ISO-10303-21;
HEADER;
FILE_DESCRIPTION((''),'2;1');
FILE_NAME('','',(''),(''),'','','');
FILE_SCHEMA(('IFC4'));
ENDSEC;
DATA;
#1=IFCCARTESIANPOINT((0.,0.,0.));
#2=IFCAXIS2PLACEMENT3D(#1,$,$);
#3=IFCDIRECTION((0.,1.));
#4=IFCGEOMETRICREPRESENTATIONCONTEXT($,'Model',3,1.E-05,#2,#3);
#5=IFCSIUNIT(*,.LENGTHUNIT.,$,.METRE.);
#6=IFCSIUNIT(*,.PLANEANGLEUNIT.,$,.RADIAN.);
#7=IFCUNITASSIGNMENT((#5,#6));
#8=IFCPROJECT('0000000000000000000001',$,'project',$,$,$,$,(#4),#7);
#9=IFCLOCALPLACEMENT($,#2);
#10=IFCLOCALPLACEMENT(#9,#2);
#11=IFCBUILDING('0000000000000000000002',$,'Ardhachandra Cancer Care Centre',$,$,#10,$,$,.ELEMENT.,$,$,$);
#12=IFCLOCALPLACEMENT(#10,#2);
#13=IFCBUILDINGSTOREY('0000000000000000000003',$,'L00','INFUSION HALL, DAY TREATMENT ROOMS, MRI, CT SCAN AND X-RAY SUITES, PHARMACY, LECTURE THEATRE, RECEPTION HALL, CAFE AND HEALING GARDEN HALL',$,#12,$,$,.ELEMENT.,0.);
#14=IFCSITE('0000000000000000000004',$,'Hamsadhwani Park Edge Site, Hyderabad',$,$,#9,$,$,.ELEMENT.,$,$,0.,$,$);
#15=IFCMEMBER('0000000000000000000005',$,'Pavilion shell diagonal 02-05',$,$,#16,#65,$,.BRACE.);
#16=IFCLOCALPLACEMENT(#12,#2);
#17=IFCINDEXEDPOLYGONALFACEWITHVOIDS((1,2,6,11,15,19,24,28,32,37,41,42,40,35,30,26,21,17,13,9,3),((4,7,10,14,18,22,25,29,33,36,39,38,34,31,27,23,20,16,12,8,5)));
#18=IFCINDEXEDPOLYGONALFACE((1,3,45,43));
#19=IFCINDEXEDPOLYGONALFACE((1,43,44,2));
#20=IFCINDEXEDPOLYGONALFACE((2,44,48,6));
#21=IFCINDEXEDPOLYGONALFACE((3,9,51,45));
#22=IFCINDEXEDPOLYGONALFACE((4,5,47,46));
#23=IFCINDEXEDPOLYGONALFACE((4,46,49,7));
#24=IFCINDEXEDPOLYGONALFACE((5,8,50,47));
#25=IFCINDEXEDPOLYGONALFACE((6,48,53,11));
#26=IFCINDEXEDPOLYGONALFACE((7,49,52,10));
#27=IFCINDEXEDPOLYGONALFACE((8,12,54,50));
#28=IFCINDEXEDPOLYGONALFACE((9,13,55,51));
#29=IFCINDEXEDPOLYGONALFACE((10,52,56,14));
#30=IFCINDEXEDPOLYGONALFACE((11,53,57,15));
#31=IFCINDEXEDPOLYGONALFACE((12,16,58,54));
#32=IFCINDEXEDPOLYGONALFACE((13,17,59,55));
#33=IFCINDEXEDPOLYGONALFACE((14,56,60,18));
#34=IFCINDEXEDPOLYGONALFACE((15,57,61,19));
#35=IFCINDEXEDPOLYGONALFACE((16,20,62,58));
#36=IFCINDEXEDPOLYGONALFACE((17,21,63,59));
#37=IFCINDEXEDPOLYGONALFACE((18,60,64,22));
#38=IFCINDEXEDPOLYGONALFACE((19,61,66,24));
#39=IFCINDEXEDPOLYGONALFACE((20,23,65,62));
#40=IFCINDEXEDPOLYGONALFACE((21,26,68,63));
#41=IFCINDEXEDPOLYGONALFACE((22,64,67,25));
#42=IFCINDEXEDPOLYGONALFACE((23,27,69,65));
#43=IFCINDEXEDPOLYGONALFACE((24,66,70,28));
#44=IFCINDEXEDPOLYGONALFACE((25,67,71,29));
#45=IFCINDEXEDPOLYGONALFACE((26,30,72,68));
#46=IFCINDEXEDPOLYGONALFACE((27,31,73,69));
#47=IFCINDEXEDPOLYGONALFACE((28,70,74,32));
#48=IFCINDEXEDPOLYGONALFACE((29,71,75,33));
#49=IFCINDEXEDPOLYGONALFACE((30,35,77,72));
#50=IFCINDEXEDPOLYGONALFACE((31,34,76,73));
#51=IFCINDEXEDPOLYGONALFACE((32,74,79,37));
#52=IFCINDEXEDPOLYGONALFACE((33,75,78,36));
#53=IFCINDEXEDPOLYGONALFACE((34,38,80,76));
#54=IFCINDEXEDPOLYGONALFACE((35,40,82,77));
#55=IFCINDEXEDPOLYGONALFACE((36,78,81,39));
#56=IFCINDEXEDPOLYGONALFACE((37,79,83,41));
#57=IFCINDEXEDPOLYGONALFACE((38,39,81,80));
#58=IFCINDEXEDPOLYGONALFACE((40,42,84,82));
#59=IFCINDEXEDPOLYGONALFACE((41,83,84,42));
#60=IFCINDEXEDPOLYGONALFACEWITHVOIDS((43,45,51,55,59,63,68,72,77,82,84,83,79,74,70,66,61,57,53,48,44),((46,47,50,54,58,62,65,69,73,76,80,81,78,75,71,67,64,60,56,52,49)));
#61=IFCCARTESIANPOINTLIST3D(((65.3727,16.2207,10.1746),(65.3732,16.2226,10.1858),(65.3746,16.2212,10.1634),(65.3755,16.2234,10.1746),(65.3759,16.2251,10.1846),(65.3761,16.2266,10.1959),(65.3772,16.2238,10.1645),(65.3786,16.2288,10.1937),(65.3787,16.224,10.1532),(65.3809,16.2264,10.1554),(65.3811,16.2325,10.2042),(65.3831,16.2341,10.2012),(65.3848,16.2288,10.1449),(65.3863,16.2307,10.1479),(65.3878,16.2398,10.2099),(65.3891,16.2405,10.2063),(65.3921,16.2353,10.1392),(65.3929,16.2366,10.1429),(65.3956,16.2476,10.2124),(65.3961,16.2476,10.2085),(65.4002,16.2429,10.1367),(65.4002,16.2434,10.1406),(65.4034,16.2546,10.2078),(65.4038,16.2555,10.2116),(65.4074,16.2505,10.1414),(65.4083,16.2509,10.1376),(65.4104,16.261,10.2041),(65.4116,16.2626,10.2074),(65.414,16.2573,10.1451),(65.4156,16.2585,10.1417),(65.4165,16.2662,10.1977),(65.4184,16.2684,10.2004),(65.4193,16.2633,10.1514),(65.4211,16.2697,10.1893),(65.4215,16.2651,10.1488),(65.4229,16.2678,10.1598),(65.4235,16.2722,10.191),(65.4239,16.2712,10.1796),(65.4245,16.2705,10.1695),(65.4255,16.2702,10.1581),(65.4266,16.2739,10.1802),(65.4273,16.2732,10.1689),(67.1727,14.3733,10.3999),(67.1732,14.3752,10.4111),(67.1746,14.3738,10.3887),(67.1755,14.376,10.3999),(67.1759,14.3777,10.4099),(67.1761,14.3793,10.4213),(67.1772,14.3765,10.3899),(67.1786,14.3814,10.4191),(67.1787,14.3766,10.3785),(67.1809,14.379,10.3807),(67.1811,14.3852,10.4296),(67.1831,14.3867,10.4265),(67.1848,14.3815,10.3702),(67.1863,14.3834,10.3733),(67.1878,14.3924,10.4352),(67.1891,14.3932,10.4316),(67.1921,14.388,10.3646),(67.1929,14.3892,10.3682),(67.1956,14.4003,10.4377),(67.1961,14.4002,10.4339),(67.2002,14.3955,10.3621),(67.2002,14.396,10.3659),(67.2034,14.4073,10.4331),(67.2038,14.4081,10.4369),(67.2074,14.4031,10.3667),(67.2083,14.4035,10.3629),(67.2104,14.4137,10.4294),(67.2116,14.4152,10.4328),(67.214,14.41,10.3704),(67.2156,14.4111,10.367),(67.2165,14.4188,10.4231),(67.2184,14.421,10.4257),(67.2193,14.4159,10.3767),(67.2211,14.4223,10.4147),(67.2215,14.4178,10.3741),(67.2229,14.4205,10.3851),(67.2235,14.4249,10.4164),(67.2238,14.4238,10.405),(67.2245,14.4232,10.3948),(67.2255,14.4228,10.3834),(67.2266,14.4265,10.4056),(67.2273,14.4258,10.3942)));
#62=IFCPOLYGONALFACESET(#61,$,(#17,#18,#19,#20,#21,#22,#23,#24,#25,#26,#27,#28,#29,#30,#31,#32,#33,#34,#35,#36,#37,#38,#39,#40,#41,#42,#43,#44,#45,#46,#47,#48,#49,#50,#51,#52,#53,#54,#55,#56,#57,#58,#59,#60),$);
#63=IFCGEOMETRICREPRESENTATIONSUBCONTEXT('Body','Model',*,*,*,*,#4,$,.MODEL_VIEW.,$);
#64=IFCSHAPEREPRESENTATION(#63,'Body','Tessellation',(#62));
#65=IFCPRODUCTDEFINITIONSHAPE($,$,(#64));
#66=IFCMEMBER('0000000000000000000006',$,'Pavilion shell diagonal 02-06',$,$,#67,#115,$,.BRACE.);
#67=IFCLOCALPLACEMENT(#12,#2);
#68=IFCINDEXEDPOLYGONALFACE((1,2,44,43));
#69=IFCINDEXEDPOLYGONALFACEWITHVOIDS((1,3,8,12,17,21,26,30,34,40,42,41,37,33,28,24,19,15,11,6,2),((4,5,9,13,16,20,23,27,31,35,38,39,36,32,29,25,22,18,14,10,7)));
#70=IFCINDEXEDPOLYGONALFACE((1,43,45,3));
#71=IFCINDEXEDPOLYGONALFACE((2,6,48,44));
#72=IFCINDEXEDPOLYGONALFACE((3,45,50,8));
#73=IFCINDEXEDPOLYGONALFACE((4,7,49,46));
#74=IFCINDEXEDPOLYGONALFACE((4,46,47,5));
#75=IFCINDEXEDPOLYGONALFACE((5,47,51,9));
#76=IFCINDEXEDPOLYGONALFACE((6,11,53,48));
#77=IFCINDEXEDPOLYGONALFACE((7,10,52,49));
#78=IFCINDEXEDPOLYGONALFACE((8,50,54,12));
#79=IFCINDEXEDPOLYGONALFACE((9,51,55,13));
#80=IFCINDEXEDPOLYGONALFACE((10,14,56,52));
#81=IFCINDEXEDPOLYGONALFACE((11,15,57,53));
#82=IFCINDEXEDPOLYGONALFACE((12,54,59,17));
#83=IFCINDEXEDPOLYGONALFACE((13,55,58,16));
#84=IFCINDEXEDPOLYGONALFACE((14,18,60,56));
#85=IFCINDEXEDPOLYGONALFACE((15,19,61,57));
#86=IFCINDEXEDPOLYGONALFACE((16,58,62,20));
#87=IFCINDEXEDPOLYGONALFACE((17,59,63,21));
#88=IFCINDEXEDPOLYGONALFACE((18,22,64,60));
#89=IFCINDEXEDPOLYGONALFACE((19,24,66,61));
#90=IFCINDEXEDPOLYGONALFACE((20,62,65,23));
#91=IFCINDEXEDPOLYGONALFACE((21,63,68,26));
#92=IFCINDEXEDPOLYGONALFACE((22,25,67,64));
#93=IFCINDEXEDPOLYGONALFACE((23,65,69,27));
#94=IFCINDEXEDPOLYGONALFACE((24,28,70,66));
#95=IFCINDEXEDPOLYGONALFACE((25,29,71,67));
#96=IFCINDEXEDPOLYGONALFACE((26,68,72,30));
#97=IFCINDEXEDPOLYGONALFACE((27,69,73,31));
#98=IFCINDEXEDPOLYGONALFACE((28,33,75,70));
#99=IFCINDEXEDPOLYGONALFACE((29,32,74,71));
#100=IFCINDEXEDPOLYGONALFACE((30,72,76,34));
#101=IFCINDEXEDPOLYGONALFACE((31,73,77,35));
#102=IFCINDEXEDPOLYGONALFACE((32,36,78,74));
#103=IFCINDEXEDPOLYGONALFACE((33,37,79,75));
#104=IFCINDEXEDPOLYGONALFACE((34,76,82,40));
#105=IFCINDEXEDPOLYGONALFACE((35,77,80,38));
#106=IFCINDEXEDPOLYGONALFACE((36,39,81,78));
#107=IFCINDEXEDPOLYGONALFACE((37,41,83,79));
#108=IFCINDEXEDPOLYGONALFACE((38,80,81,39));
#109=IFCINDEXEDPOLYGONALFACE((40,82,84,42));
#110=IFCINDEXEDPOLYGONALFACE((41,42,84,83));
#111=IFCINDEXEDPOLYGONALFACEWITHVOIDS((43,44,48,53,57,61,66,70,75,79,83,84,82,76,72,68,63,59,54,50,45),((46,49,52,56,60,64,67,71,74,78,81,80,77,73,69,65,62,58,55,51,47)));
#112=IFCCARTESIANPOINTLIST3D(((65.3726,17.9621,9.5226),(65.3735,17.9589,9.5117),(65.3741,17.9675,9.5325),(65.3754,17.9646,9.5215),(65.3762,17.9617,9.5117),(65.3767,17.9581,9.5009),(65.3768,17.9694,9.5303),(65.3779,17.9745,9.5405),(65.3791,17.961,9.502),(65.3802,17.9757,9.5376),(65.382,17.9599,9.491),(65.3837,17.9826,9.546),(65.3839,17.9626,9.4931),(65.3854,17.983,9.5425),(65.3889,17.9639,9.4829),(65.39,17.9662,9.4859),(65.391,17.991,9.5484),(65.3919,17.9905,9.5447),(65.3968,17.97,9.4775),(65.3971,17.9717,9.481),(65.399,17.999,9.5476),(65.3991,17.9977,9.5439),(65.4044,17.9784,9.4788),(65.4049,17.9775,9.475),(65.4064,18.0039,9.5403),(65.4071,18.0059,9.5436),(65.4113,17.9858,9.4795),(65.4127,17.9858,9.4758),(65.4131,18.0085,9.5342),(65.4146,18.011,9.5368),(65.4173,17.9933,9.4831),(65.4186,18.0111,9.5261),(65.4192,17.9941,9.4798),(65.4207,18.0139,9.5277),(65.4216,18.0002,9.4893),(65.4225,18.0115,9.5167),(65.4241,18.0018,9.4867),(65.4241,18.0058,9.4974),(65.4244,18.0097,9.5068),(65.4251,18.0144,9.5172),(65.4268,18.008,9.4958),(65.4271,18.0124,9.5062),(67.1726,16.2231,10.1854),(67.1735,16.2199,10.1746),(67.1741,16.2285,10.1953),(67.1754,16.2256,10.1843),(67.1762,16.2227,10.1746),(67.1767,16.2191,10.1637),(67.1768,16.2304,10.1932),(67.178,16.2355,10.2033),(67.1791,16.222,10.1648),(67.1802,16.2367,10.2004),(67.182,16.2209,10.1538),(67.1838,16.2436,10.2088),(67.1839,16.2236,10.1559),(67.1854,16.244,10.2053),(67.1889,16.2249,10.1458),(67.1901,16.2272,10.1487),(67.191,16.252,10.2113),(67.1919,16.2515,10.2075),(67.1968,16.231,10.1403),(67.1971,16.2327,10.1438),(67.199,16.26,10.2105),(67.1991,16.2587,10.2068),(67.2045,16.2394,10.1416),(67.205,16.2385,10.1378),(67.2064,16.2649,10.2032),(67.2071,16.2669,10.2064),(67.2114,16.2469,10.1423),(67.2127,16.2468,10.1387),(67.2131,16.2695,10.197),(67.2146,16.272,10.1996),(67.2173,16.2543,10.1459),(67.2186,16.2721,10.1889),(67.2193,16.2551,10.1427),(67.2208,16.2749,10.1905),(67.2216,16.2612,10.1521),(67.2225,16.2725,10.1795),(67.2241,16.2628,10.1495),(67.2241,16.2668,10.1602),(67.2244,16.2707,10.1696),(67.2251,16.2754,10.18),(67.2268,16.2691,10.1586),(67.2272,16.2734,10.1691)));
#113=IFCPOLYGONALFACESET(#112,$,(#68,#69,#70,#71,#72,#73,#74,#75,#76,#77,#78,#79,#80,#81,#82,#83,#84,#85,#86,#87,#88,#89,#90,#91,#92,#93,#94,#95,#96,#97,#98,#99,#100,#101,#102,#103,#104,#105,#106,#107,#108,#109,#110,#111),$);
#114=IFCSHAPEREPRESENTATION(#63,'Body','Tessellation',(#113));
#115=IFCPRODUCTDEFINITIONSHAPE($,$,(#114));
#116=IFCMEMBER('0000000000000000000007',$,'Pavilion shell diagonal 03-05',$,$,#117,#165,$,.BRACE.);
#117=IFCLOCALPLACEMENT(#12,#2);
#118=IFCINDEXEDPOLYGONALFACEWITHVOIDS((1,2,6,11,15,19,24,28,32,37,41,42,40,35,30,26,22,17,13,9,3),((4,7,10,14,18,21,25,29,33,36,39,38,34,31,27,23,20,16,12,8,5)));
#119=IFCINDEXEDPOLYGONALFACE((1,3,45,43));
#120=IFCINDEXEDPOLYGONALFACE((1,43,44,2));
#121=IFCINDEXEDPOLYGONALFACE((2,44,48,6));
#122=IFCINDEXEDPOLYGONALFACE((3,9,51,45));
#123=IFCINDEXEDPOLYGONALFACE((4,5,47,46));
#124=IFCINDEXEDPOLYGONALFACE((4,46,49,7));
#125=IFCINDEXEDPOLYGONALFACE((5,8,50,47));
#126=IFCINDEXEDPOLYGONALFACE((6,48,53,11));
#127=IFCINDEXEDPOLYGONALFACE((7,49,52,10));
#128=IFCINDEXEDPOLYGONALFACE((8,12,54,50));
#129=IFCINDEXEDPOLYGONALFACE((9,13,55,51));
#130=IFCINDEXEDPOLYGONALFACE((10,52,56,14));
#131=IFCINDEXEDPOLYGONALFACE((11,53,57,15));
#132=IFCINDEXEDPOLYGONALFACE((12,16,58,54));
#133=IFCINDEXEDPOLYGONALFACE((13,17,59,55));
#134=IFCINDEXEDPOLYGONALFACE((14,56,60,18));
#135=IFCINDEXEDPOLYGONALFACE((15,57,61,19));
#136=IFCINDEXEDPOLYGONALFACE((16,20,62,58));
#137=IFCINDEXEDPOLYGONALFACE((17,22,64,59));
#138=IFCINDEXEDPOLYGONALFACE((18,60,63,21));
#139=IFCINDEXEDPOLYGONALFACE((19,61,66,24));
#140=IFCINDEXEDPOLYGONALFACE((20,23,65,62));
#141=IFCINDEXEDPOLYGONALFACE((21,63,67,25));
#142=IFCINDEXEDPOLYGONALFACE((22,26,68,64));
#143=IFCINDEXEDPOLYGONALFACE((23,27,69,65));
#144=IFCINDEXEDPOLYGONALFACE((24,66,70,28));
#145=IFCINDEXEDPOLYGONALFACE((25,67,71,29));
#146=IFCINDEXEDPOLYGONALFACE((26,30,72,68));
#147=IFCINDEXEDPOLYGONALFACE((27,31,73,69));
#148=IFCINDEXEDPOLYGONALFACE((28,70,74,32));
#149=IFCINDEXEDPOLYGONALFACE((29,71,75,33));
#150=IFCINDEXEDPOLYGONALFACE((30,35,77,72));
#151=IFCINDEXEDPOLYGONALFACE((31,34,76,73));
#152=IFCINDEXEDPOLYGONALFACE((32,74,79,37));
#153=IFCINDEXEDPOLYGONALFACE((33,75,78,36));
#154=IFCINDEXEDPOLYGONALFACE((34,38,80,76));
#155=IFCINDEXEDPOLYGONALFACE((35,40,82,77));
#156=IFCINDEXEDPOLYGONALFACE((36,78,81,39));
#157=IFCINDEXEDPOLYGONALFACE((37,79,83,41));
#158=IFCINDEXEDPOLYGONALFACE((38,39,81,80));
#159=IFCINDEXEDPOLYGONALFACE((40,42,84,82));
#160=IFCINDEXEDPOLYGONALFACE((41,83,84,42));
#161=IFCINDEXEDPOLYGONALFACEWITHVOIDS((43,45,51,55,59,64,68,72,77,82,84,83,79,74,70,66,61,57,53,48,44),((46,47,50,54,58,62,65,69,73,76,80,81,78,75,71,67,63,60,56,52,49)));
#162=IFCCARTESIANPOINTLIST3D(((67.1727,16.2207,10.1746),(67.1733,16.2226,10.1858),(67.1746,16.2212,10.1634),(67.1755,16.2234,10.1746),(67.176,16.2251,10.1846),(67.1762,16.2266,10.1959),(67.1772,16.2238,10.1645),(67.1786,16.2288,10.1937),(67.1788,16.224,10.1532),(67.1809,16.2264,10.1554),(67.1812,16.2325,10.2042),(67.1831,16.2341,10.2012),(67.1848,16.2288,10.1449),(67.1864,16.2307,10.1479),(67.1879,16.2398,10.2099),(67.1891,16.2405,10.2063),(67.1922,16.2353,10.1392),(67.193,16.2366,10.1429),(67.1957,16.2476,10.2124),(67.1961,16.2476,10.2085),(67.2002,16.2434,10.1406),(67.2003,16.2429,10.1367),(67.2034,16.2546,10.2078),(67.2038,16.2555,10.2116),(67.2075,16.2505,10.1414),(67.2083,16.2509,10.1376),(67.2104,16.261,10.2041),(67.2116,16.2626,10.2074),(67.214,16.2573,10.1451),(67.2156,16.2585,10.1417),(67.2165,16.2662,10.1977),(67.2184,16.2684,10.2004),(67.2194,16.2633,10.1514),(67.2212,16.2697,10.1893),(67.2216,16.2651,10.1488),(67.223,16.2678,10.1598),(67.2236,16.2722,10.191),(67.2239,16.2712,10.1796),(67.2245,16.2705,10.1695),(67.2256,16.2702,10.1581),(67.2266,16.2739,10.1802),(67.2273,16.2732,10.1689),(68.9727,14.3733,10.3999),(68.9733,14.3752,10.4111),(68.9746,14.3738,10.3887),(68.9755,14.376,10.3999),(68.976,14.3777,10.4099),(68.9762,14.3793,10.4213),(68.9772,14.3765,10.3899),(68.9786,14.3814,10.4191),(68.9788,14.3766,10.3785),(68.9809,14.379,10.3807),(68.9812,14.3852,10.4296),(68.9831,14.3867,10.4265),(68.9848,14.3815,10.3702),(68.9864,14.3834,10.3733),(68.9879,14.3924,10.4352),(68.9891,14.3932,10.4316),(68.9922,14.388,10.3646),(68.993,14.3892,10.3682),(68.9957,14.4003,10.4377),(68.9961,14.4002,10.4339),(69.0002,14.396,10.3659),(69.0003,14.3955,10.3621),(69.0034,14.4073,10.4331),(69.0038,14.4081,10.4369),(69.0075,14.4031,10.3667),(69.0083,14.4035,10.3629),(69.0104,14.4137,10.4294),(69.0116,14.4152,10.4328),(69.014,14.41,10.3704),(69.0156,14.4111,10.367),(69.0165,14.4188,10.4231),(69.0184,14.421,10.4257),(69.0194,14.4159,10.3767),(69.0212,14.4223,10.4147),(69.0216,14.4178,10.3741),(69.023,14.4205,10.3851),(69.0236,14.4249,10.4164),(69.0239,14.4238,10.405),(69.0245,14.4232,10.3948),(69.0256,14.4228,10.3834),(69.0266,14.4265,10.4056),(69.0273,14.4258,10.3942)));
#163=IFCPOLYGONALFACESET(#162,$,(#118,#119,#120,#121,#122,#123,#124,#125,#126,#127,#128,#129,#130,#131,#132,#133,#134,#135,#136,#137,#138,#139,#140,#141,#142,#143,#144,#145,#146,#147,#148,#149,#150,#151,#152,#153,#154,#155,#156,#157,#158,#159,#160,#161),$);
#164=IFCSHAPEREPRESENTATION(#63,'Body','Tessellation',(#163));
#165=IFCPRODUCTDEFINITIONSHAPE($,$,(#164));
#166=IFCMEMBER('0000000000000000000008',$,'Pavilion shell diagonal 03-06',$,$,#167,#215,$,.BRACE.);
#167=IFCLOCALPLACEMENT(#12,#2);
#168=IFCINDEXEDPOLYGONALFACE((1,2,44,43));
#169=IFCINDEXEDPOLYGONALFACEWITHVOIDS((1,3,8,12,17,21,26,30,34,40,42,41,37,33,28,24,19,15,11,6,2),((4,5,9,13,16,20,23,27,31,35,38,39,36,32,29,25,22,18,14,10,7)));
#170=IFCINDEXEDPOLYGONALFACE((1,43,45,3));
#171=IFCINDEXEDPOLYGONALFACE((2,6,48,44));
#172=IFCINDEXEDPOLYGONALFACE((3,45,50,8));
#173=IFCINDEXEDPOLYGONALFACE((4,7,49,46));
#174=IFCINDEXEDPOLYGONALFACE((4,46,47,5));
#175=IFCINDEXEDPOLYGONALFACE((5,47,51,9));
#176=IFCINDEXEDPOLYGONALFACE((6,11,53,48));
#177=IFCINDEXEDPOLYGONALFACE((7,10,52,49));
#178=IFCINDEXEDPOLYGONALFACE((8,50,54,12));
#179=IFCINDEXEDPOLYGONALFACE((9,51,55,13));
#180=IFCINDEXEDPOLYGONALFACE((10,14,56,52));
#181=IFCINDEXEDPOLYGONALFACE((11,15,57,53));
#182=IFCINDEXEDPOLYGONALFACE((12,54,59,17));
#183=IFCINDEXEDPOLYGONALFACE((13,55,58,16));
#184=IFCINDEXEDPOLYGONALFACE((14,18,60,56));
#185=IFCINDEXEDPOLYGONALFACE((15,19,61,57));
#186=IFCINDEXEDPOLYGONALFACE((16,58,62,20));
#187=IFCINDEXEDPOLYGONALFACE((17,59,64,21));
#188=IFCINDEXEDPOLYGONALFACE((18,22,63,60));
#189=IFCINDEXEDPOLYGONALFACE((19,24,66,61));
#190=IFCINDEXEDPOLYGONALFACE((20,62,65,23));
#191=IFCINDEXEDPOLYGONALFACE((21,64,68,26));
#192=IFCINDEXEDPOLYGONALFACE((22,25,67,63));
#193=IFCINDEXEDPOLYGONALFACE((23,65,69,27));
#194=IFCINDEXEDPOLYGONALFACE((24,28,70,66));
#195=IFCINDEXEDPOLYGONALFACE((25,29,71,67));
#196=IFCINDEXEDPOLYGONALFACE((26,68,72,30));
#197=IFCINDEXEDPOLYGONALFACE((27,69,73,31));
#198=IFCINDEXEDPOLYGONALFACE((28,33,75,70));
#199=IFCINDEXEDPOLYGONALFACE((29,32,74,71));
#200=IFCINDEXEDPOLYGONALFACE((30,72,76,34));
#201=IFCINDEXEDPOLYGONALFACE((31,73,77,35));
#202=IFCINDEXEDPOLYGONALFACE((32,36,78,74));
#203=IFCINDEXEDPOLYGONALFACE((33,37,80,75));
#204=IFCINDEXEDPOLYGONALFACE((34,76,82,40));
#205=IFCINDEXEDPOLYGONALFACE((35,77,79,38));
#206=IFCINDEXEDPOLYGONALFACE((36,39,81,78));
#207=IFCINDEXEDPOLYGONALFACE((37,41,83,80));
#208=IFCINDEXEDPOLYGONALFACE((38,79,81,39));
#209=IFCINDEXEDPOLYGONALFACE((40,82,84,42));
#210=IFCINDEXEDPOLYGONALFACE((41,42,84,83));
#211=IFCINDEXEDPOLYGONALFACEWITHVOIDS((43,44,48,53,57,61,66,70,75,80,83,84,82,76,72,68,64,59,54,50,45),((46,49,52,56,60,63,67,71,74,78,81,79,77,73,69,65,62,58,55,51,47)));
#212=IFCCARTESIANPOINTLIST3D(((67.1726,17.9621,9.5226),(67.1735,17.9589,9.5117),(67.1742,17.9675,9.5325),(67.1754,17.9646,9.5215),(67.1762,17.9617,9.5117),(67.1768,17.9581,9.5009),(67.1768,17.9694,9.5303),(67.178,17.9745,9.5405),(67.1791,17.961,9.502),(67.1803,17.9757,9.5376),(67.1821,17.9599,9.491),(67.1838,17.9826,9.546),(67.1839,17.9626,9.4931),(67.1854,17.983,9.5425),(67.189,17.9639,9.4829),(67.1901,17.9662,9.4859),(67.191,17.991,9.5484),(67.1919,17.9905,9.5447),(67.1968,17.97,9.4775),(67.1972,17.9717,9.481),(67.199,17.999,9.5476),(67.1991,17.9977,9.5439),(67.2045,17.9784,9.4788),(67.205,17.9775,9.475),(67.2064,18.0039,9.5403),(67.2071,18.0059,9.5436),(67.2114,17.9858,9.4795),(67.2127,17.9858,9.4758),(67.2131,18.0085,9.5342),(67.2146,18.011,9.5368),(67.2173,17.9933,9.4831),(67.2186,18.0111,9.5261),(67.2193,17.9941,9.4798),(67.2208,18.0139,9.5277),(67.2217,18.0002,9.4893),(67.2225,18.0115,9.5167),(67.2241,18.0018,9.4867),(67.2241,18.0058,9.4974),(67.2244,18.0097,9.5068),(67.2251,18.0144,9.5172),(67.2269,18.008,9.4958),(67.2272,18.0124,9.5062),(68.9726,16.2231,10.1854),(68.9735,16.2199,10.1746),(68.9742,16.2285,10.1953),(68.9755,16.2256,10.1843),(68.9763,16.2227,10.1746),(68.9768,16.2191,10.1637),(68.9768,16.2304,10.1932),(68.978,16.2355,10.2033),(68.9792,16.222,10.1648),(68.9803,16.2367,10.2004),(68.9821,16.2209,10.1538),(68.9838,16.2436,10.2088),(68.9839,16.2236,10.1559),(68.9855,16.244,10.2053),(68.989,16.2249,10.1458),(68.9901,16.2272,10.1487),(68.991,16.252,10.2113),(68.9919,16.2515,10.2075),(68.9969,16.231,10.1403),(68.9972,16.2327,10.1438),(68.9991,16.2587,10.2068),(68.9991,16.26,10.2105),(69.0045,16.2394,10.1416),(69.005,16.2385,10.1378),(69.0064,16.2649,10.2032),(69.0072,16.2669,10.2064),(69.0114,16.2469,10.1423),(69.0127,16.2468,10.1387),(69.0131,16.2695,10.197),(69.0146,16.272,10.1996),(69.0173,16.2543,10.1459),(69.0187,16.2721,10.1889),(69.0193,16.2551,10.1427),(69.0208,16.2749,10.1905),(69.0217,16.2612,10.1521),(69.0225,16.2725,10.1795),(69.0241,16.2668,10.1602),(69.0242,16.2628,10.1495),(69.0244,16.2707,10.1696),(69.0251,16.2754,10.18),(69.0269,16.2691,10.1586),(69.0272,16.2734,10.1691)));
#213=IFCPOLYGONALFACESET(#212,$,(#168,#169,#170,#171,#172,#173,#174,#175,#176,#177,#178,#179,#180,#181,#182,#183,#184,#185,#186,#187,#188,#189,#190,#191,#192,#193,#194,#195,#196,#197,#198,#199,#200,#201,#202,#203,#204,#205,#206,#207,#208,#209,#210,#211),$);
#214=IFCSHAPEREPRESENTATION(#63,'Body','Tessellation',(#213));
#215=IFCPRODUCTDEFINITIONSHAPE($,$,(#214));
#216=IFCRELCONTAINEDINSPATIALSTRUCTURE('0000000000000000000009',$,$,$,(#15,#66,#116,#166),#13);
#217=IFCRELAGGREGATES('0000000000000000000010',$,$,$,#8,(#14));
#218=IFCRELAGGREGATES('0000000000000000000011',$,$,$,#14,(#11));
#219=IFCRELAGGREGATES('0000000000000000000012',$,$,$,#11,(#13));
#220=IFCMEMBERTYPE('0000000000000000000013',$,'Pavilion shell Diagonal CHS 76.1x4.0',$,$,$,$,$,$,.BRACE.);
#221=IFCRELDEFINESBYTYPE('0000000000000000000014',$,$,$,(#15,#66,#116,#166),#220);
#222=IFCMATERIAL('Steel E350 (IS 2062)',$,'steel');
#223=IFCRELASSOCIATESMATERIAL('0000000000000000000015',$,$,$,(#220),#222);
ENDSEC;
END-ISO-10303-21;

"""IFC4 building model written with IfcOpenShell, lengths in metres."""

from ifc_helpers import new_model, si_unit, direction, frame, origin, origin_2d, place, context, subcontext, project, spatial, hollow_circle, extrude, material, material_profile, profile_set, type_object, element, save


model = new_model("IFC4")

# Units and contexts
model_context = context("Model", 3, precision=1e-05, world=origin(), true_north=direction((0.0, 1.0)))
body_context = subcontext(model_context, "Body", "Model", "MODEL_VIEW")
ifc_project = project(units=[si_unit("LENGTHUNIT", "METRE"), si_unit("PLANEANGLEUNIT", "RADIAN")], contexts=[model_context])

# Site, building, storey
site_placement = place(None, origin())
site = spatial("IfcSite", under=ifc_project, at=site_placement, Name="Hamsadhwani Park Edge Site, Hyderabad", CompositionType="ELEMENT", RefElevation=0.0)
building_placement = place(site_placement, origin())
building = spatial("IfcBuilding", under=site, at=building_placement, Name="Ardhachandra Cancer Care Centre", CompositionType="ELEMENT")
storey_placement = place(building_placement, origin())
storey = spatial("IfcBuildingStorey", under=building, at=storey_placement, Name="L00", Description="INFUSION HALL, DAY TREATMENT ROOMS, MRI, CT SCAN AND X-RAY SUITES, PHARMACY, LECTURE THEATRE, RECEPTION HALL, CAFE AND HEALING GARDEN HALL", CompositionType="ELEMENT", Elevation=0.0)

# Members
ifc_material_1 = material(Name="Steel E350 (IS 2062)", Category="steel")
ifc_material_profile_1 = material_profile(ifc_material_1, hollow_circle(Radius=0.0381, WallThickness=0.0039, at=origin_2d()), Name="CHS 76.1x4.0")
ifc_profile_set_1 = profile_set([ifc_material_profile_1], Name="Steel E350 (IS 2062)")
member_type_1 = type_object("IfcMemberType", Name="Pavilion shell Diagonal CHS 76.1x4.0", PredefinedType="BRACE", material=ifc_profile_set_1)
for number, where, z_axis, x_axis, name in (
    (1, (67.2, 14.3999, 10.3999), (-0.695218, 0.713511, -0.087032), (-0.716228, -0.697866, 0.0), "Pavilion shell diagonal 02-05"),
    (2, (67.2, 16.2473, 10.1746), (-0.695227, 0.671654, -0.256007), (-0.694809, -0.719195, 0.0), "Pavilion shell diagonal 02-06"),
    (3, (69.0, 14.3999, 10.3999), (-0.695218, 0.713511, -0.087032), (-0.716228, -0.697866, 0.0), "Pavilion shell diagonal 03-05"),
    (4, (69.0, 16.2473, 10.1746), (-0.695227, 0.671654, -0.256007), (-0.694809, -0.719195, 0.0), "Pavilion shell diagonal 03-06"),
):
    element("IfcMember", number, at=place(storey_placement, frame(where, z_axis=z_axis, x_axis=x_axis)), inside=storey, type_object=member_type_1, Name=name, PredefinedType="BRACE", context=body_context, shape_type="SweptSolid", body=[
        extrude(hollow_circle(Radius=0.0381, WallThickness=0.0039, at=origin_2d()), origin(), (0.0, 0.0, 1.0), 2.5891),
    ])

save(model, "model.ifc")
